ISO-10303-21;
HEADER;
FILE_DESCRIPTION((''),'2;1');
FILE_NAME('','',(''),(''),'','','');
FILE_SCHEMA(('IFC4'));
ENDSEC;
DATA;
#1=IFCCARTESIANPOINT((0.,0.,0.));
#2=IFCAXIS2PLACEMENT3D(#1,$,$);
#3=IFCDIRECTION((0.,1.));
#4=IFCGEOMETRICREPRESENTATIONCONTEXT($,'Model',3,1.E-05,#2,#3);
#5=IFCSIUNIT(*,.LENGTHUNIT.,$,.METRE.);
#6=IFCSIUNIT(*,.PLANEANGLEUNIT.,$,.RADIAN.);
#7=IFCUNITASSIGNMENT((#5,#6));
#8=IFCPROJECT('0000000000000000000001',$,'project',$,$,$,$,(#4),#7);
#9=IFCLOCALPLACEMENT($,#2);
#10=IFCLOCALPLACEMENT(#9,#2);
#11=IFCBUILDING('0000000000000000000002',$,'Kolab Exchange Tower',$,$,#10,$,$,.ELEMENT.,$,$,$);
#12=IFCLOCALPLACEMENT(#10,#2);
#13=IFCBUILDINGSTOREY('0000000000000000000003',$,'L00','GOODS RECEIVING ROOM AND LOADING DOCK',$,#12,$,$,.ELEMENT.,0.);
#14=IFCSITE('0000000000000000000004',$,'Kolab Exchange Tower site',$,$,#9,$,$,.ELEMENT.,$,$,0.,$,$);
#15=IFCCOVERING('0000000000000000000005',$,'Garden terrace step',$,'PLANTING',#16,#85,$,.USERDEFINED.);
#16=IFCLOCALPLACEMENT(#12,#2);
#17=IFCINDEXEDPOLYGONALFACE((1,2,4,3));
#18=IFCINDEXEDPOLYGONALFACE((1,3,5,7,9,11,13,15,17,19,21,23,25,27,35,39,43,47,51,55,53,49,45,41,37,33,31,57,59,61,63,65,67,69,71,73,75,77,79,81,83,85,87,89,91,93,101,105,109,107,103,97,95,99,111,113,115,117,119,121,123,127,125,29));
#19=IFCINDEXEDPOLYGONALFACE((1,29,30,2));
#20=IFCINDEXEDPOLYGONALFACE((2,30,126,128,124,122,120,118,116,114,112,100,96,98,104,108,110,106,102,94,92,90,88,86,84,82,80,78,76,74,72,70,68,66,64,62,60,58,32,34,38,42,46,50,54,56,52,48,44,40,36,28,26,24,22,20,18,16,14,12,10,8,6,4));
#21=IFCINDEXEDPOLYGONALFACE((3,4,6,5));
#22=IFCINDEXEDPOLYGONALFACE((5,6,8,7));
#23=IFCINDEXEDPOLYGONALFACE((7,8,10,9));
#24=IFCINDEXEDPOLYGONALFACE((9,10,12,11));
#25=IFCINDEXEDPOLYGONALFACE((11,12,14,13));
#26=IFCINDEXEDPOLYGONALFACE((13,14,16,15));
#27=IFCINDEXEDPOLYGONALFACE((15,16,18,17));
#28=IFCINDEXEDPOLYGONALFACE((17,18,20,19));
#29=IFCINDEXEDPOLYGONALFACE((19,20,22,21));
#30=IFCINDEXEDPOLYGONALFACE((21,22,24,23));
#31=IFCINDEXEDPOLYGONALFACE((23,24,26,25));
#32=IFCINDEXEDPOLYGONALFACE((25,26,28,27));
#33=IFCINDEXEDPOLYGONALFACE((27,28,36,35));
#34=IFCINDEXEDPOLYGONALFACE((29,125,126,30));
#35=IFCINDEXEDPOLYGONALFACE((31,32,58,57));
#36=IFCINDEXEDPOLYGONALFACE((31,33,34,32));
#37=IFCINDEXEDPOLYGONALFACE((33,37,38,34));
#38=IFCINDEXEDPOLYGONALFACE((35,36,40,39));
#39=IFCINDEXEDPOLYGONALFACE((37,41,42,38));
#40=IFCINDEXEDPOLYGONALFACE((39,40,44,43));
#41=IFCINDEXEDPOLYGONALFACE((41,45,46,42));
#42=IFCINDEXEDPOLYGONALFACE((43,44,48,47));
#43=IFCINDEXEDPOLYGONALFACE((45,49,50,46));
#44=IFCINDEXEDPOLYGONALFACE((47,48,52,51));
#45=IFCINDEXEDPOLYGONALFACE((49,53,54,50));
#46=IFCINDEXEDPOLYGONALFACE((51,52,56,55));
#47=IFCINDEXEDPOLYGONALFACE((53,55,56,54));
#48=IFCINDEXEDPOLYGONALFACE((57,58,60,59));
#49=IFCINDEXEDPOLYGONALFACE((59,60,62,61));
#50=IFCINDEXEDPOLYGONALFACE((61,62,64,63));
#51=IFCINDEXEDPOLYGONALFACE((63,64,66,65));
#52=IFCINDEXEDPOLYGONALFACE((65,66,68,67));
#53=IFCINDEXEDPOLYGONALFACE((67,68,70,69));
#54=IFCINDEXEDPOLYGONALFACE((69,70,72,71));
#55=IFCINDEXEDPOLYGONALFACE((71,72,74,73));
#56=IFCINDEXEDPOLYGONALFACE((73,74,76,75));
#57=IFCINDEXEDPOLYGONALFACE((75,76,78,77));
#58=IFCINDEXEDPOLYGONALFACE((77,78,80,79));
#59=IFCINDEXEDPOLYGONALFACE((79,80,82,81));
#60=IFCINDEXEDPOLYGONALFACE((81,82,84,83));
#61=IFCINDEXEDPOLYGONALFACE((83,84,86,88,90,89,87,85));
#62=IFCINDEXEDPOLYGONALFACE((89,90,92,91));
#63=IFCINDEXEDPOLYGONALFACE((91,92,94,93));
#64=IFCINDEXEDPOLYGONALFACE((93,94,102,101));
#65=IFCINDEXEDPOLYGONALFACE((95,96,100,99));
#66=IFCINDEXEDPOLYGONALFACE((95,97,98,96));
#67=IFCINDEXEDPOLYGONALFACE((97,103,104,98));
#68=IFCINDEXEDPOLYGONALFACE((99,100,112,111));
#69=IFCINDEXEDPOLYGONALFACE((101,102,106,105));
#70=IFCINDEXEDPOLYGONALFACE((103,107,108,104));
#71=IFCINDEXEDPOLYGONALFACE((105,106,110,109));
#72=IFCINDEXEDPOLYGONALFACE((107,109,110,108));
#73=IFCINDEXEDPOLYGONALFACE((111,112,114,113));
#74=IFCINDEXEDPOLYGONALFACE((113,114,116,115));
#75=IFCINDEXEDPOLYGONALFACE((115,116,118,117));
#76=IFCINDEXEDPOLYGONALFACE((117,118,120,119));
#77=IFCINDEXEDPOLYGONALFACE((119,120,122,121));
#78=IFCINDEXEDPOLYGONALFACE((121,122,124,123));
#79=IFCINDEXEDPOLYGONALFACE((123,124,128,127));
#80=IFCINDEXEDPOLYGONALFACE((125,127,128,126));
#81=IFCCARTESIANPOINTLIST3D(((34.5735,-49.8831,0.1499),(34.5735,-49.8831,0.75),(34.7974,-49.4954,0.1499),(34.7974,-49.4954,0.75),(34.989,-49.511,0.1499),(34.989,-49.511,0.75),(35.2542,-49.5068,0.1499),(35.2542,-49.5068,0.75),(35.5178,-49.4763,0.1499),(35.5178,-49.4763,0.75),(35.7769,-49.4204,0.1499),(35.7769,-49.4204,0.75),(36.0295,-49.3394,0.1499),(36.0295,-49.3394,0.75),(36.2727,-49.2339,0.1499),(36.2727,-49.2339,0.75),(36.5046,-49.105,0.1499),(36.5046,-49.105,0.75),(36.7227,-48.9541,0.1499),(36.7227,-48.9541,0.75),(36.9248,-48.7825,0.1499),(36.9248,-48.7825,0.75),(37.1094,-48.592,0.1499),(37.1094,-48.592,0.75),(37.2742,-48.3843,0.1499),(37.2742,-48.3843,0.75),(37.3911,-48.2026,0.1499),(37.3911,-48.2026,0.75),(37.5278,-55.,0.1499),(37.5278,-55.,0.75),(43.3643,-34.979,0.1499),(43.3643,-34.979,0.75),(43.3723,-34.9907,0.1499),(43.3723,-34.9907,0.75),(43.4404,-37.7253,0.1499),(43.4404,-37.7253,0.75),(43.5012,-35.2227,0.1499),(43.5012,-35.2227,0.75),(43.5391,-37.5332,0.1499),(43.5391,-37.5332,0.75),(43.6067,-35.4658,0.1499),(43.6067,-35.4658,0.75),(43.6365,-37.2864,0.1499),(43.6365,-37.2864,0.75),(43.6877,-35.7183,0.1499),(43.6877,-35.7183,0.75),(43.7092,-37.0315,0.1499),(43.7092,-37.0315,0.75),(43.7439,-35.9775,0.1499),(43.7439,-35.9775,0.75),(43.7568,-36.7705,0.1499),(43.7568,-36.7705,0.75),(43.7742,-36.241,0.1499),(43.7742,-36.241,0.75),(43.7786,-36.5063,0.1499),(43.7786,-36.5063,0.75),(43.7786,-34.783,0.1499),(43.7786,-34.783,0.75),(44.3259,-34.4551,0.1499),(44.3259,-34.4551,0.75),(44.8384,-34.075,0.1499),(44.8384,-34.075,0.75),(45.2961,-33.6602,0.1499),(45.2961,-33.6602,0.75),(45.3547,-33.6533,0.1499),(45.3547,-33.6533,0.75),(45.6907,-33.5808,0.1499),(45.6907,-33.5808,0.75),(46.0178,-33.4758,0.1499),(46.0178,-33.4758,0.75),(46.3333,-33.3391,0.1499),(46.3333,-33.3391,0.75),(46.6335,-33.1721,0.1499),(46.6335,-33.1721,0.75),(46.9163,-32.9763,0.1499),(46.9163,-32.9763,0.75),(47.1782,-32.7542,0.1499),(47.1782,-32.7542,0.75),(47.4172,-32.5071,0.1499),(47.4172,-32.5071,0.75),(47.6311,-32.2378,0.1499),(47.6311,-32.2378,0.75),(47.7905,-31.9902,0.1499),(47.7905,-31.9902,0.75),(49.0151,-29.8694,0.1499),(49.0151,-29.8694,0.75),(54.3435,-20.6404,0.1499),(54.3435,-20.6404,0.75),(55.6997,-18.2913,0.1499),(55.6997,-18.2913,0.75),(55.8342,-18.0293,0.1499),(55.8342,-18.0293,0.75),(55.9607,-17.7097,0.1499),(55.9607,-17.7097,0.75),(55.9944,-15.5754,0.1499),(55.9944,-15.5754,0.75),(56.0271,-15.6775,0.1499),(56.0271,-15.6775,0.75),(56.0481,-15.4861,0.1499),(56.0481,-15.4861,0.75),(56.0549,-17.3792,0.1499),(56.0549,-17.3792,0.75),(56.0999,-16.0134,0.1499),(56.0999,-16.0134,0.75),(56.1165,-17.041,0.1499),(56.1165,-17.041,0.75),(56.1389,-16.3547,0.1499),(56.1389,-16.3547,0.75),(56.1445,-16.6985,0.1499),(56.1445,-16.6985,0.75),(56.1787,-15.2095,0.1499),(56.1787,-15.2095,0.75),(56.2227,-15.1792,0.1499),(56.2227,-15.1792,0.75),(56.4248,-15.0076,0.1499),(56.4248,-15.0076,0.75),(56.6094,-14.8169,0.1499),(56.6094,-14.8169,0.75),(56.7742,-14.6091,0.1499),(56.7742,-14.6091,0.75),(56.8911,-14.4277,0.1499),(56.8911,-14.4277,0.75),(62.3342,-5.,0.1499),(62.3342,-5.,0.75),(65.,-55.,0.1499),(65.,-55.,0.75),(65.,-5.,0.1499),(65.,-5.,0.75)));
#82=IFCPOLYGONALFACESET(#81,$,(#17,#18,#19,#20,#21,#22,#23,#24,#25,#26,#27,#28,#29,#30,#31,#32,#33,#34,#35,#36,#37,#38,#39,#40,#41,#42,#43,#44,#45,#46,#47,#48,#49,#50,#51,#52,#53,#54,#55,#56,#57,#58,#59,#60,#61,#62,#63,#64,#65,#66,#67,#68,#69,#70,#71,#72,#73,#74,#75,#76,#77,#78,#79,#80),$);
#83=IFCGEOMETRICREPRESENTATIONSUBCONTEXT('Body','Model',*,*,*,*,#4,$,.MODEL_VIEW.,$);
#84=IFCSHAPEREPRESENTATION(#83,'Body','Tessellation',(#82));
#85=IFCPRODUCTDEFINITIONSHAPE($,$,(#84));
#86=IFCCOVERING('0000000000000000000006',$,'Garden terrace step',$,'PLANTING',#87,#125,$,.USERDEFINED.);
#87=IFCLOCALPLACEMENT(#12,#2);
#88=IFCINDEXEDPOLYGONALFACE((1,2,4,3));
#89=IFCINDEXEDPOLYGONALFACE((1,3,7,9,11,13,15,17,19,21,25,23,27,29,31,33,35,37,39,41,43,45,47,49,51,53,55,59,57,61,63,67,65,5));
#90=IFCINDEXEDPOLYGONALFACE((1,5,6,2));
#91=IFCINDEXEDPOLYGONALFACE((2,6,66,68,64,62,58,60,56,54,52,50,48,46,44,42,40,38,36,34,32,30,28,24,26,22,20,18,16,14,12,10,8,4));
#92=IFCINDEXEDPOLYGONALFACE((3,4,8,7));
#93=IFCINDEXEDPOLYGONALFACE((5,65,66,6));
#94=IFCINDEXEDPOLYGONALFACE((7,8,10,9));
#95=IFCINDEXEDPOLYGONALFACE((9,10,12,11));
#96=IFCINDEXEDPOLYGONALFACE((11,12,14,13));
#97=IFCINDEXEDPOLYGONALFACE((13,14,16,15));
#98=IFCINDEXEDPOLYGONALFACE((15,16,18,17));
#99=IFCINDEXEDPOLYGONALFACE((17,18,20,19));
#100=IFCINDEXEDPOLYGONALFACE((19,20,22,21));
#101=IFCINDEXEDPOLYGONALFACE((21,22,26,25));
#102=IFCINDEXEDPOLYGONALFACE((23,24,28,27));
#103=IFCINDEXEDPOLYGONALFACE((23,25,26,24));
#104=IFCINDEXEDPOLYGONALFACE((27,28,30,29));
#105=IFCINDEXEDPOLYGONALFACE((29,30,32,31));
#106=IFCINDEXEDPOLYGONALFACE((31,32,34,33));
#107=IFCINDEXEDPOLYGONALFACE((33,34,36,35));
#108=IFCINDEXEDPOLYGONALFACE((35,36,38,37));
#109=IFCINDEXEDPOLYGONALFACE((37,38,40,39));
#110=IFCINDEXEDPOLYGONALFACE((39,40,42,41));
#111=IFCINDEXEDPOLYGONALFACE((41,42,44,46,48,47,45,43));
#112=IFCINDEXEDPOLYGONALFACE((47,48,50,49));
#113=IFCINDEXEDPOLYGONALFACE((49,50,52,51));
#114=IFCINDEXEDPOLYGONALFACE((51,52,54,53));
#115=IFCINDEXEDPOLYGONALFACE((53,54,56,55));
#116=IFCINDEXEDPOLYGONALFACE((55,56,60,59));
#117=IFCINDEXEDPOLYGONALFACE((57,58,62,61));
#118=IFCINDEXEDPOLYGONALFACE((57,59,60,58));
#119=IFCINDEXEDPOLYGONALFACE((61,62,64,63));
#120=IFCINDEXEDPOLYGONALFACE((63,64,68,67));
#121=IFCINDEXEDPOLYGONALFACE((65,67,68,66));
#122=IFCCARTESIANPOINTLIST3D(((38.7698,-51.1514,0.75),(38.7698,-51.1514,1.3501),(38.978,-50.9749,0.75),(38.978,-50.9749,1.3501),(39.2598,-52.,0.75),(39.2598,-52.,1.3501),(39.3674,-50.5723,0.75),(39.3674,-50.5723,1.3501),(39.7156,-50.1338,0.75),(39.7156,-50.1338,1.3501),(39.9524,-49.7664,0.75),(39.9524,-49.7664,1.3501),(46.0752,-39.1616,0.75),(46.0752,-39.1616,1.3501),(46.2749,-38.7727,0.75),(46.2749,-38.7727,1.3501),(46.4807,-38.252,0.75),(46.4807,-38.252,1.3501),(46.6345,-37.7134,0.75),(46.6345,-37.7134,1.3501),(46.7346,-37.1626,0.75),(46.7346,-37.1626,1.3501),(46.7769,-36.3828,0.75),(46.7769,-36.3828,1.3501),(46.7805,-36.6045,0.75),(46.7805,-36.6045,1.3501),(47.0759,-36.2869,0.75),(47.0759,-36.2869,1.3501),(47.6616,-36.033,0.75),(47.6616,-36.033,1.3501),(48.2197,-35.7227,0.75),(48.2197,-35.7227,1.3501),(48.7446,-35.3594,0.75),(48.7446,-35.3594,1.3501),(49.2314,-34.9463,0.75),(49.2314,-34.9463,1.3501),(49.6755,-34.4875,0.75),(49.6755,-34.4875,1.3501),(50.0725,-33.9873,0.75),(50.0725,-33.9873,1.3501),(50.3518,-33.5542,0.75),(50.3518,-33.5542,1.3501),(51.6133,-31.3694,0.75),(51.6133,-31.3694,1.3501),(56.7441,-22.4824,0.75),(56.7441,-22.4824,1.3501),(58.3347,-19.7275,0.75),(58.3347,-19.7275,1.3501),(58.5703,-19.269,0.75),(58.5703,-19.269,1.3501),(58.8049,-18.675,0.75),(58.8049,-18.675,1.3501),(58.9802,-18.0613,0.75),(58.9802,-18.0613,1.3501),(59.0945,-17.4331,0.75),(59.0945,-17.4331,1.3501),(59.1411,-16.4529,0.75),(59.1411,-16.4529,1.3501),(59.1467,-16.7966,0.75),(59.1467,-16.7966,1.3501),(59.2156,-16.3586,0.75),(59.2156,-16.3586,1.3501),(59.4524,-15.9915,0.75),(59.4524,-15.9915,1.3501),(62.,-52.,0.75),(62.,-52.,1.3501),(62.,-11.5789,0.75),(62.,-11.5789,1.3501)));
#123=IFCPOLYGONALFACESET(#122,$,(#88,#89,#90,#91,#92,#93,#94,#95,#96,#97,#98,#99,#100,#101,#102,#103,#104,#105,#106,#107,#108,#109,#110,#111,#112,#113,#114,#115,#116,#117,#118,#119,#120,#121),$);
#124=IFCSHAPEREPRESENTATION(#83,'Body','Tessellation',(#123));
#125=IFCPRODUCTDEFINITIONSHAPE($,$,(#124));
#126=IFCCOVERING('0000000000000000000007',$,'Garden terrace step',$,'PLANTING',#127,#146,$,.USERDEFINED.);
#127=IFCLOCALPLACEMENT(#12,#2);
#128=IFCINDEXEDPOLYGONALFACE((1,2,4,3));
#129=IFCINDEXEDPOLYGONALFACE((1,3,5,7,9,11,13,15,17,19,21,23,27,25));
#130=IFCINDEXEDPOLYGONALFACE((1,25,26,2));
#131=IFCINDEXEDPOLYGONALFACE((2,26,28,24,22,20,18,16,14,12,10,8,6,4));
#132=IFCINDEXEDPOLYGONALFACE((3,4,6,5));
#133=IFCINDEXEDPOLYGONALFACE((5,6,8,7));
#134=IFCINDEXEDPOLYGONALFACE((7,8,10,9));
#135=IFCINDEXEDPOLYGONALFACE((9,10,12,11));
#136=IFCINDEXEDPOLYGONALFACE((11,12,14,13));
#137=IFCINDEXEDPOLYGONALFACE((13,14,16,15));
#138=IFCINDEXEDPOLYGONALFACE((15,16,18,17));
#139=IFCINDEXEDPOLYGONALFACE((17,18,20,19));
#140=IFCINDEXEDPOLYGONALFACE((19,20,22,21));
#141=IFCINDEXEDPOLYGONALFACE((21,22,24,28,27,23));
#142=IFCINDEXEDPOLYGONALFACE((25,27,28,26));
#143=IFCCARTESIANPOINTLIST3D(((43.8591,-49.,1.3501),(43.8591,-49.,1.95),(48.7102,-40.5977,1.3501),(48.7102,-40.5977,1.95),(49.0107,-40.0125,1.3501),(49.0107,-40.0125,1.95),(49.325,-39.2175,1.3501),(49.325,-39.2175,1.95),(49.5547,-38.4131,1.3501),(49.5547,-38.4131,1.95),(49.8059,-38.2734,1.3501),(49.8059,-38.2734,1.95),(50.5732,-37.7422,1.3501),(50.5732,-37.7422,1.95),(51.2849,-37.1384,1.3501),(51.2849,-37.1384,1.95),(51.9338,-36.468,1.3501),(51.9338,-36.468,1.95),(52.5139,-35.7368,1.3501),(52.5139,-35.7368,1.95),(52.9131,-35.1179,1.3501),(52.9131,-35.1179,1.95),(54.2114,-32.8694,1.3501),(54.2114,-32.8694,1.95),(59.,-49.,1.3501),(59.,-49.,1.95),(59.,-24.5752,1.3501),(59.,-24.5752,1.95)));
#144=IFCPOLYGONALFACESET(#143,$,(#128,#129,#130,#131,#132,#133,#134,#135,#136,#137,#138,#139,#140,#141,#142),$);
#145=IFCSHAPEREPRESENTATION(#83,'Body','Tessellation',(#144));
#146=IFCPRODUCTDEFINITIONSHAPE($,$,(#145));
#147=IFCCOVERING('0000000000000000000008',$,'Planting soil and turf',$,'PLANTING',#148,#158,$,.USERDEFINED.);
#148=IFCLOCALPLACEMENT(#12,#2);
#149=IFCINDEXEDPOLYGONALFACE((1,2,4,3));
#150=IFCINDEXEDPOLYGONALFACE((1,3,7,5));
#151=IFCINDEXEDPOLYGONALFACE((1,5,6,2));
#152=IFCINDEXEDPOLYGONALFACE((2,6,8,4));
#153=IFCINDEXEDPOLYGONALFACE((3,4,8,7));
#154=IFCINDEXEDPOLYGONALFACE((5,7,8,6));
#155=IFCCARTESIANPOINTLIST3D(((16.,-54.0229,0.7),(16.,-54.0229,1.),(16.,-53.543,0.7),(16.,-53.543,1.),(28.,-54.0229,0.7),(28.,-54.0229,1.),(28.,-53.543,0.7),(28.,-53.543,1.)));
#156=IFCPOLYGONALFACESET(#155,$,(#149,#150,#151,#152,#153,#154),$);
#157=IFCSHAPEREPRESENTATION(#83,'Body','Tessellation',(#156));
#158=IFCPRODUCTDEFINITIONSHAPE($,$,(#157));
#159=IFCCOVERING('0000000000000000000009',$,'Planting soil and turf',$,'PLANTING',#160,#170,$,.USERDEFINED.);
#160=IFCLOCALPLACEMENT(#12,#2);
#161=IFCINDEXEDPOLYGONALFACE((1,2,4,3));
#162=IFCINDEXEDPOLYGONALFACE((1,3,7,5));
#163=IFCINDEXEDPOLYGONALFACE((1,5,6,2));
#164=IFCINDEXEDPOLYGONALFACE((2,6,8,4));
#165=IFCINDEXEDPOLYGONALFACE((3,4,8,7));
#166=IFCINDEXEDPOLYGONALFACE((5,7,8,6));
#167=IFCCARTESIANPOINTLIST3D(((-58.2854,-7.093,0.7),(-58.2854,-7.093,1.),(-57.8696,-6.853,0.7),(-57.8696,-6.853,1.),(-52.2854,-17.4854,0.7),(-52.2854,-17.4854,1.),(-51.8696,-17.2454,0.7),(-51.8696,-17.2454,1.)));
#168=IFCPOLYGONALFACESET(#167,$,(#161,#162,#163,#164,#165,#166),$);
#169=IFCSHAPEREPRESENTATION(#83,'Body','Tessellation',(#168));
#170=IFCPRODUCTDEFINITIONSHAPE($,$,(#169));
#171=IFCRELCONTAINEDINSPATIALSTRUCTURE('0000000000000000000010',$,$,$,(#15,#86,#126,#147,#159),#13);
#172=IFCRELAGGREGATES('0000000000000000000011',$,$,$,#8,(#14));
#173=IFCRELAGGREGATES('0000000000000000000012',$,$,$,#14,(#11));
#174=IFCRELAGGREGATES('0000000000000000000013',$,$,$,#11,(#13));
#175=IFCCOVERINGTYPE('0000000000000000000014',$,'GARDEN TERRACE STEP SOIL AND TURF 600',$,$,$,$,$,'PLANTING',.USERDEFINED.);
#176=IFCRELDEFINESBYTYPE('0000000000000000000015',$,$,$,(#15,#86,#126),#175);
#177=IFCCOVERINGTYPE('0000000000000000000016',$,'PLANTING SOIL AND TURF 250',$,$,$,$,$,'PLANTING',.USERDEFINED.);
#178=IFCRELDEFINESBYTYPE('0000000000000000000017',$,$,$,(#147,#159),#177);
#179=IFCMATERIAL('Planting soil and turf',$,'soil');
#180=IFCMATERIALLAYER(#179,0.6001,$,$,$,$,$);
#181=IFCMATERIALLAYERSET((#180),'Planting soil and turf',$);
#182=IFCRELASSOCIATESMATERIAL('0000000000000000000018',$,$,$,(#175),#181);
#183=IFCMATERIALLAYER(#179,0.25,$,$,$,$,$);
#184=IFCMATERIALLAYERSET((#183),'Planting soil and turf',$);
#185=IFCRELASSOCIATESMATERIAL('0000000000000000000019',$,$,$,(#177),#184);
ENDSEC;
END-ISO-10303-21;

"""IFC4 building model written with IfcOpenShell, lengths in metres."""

from ifc_helpers import new_model, si_unit, direction, frame, origin, place, context, subcontext, project, spatial, polyline, outline, extrude, material, layer, layer_set, type_object, element, save


model = new_model("IFC4")

# Units and contexts
model_context = context("Model", 3, precision=1e-05, world=origin(), true_north=direction((0.0, 1.0)))
body_context = subcontext(model_context, "Body", "Model", "MODEL_VIEW")
ifc_project = project(units=[si_unit("LENGTHUNIT", "METRE"), si_unit("PLANEANGLEUNIT", "RADIAN")], contexts=[model_context])

# Site, building, storey
site_placement = place(None, origin())
site = spatial("IfcSite", under=ifc_project, at=site_placement, Name="Kolab Exchange Tower site", CompositionType="ELEMENT", RefElevation=0.0)
building_placement = place(site_placement, origin())
building = spatial("IfcBuilding", under=site, at=building_placement, Name="Kolab Exchange Tower", CompositionType="ELEMENT")
storey_placement = place(building_placement, origin())
storey = spatial("IfcBuildingStorey", under=building, at=storey_placement, Name="L00", Description="GOODS RECEIVING ROOM AND LOADING DOCK", CompositionType="ELEMENT", Elevation=0.0)

# Coverings
ifc_material_1 = material(Name="Planting soil and turf", Category="soil")
ifc_layer_1 = layer(ifc_material_1, 0.6001)
ifc_layer_set_1 = layer_set([ifc_layer_1], Name="Planting soil and turf")
covering_type_1 = type_object("IfcCoveringType", Name="GARDEN TERRACE STEP SOIL AND TURF 600", ElementType="PLANTING", PredefinedType="USERDEFINED", material=ifc_layer_set_1)
covering_1_placement = place(storey_placement, frame((0.0, 0.0, 0.1499)))
element("IfcCovering", 1, at=covering_1_placement, inside=storey, type_object=covering_type_1, Name="Garden terrace step", ObjectType="PLANTING", PredefinedType="USERDEFINED", context=body_context, shape_type="SweptSolid", body=[
    extrude(outline(polyline([(34.7974, -49.4954), (34.989, -49.511), (35.2542, -49.5068), (35.5178, -49.4763), (35.7769, -49.4204), (36.0295, -49.3394), (36.2727, -49.2339), (36.5046, -49.105), (36.7227, -48.9541), (36.9248, -48.7825), (37.1094, -48.592), (37.2742, -48.3843), (37.3911, -48.2026), (43.4404, -37.7253), (43.5391, -37.5332), (43.6365, -37.2864), (43.7092, -37.0315), (43.7568, -36.7705), (43.7786, -36.5063), (43.7742, -36.241), (43.7439, -35.9775), (43.6877, -35.7183), (43.6067, -35.4658), (43.5012, -35.2227), (43.3723, -34.9907), (43.3643, -34.979), (43.7786, -34.783), (44.3259, -34.4551), (44.8384, -34.075), (45.2961, -33.6602), (45.3547, -33.6533), (45.6907, -33.5808), (46.0178, -33.4758), (46.3333, -33.3391), (46.6335, -33.1721), (46.9163, -32.9763), (47.1782, -32.7542), (47.4172, -32.5071), (47.6311, -32.2378), (47.7905, -31.9902), (49.0151, -29.8694), (54.3435, -20.6404), (54.3435, -20.6404), (55.6997, -18.2913), (55.8342, -18.0293), (55.9607, -17.7097), (56.0549, -17.3792), (56.1165, -17.041), (56.1445, -16.6985), (56.1389, -16.3547), (56.0999, -16.0134), (56.0271, -15.6775), (55.9944, -15.5754), (56.0481, -15.4861), (56.1787, -15.2095), (56.2227, -15.1792), (56.4248, -15.0076), (56.6094, -14.8169), (56.7742, -14.6091), (56.8911, -14.4277), (62.3342, -5.0), (65.0, -5.0), (65.0, -55.0), (37.5278, -55.0), (34.5735, -49.8831), (34.7974, -49.4954)])), origin(), (0.0, 0.0, 1.0), 0.6001),
])
covering_2_placement = place(storey_placement, frame((0.0, 0.0, 0.75)))
element("IfcCovering", 2, at=covering_2_placement, inside=storey, type_object=covering_type_1, Name="Garden terrace step", ObjectType="PLANTING", PredefinedType="USERDEFINED", context=body_context, shape_type="SweptSolid", body=[
    extrude(outline(polyline([(38.7698, -51.1514), (38.978, -50.9749), (39.3674, -50.5723), (39.7156, -50.1338), (39.9524, -49.7664), (46.0752, -39.1616), (46.2749, -38.7727), (46.4807, -38.252), (46.6345, -37.7134), (46.7346, -37.1626), (46.7805, -36.6045), (46.7769, -36.3828), (47.0759, -36.2869), (47.6616, -36.033), (48.2197, -35.7227), (48.7446, -35.3594), (49.2314, -34.9463), (49.6755, -34.4875), (50.0725, -33.9873), (50.3518, -33.5542), (51.6133, -31.3694), (56.7441, -22.4824), (56.7441, -22.4824), (58.3347, -19.7275), (58.5703, -19.269), (58.8049, -18.675), (58.9802, -18.0613), (59.0945, -17.4331), (59.1467, -16.7966), (59.1411, -16.4529), (59.2156, -16.3586), (59.4524, -15.9915), (62.0, -11.5789), (62.0, -52.0), (39.2598, -52.0), (38.7698, -51.1514)])), origin(), (0.0, 0.0, 1.0), 0.6001),
])
covering_3_placement = place(storey_placement, frame((0.0, 0.0, 1.3501)))
element("IfcCovering", 3, at=covering_3_placement, inside=storey, type_object=covering_type_1, Name="Garden terrace step", ObjectType="PLANTING", PredefinedType="USERDEFINED", context=body_context, shape_type="SweptSolid", body=[
    extrude(outline(polyline([(43.8591, -49.0), (48.7102, -40.5977), (49.0107, -40.0125), (49.325, -39.2175), (49.5547, -38.4131), (49.8059, -38.2734), (50.5732, -37.7422), (51.2849, -37.1384), (51.9338, -36.468), (52.5139, -35.7368), (52.9131, -35.1179), (54.2114, -32.8694), (59.0, -24.5752), (59.0, -49.0), (43.8591, -49.0)])), origin(), (0.0, 0.0, 1.0), 0.5999),
])
ifc_layer_2 = layer(ifc_material_1, 0.25)
ifc_layer_set_2 = layer_set([ifc_layer_2], Name="Planting soil and turf")
covering_type_2 = type_object("IfcCoveringType", Name="PLANTING SOIL AND TURF 250", ElementType="PLANTING", PredefinedType="USERDEFINED", material=ifc_layer_set_2)
covering_4_placement = place(storey_placement, frame((0.0, 0.0, 0.7)))
element("IfcCovering", 4, at=covering_4_placement, inside=storey, type_object=covering_type_2, Name="Planting soil and turf", ObjectType="PLANTING", PredefinedType="USERDEFINED", context=body_context, shape_type="SweptSolid", body=[
    extrude(outline(polyline([(16.0, -54.0229), (16.0, -53.543), (28.0, -53.543), (28.0, -54.0229), (16.0, -54.0229)])), origin(), (0.0, 0.0, 1.0), 0.3),
])
covering_5_placement = place(storey_placement, frame((0.0, 0.0, 0.7)))
element("IfcCovering", 5, at=covering_5_placement, inside=storey, type_object=covering_type_2, Name="Planting soil and turf", ObjectType="PLANTING", PredefinedType="USERDEFINED", context=body_context, shape_type="SweptSolid", body=[
    extrude(outline(polyline([(-58.2854, -7.093), (-57.8696, -6.853), (-51.8696, -17.2454), (-52.2854, -17.4854), (-58.2854, -7.093)])), origin(), (0.0, 0.0, 1.0), 0.3),
])

save(model, "model.ifc")
